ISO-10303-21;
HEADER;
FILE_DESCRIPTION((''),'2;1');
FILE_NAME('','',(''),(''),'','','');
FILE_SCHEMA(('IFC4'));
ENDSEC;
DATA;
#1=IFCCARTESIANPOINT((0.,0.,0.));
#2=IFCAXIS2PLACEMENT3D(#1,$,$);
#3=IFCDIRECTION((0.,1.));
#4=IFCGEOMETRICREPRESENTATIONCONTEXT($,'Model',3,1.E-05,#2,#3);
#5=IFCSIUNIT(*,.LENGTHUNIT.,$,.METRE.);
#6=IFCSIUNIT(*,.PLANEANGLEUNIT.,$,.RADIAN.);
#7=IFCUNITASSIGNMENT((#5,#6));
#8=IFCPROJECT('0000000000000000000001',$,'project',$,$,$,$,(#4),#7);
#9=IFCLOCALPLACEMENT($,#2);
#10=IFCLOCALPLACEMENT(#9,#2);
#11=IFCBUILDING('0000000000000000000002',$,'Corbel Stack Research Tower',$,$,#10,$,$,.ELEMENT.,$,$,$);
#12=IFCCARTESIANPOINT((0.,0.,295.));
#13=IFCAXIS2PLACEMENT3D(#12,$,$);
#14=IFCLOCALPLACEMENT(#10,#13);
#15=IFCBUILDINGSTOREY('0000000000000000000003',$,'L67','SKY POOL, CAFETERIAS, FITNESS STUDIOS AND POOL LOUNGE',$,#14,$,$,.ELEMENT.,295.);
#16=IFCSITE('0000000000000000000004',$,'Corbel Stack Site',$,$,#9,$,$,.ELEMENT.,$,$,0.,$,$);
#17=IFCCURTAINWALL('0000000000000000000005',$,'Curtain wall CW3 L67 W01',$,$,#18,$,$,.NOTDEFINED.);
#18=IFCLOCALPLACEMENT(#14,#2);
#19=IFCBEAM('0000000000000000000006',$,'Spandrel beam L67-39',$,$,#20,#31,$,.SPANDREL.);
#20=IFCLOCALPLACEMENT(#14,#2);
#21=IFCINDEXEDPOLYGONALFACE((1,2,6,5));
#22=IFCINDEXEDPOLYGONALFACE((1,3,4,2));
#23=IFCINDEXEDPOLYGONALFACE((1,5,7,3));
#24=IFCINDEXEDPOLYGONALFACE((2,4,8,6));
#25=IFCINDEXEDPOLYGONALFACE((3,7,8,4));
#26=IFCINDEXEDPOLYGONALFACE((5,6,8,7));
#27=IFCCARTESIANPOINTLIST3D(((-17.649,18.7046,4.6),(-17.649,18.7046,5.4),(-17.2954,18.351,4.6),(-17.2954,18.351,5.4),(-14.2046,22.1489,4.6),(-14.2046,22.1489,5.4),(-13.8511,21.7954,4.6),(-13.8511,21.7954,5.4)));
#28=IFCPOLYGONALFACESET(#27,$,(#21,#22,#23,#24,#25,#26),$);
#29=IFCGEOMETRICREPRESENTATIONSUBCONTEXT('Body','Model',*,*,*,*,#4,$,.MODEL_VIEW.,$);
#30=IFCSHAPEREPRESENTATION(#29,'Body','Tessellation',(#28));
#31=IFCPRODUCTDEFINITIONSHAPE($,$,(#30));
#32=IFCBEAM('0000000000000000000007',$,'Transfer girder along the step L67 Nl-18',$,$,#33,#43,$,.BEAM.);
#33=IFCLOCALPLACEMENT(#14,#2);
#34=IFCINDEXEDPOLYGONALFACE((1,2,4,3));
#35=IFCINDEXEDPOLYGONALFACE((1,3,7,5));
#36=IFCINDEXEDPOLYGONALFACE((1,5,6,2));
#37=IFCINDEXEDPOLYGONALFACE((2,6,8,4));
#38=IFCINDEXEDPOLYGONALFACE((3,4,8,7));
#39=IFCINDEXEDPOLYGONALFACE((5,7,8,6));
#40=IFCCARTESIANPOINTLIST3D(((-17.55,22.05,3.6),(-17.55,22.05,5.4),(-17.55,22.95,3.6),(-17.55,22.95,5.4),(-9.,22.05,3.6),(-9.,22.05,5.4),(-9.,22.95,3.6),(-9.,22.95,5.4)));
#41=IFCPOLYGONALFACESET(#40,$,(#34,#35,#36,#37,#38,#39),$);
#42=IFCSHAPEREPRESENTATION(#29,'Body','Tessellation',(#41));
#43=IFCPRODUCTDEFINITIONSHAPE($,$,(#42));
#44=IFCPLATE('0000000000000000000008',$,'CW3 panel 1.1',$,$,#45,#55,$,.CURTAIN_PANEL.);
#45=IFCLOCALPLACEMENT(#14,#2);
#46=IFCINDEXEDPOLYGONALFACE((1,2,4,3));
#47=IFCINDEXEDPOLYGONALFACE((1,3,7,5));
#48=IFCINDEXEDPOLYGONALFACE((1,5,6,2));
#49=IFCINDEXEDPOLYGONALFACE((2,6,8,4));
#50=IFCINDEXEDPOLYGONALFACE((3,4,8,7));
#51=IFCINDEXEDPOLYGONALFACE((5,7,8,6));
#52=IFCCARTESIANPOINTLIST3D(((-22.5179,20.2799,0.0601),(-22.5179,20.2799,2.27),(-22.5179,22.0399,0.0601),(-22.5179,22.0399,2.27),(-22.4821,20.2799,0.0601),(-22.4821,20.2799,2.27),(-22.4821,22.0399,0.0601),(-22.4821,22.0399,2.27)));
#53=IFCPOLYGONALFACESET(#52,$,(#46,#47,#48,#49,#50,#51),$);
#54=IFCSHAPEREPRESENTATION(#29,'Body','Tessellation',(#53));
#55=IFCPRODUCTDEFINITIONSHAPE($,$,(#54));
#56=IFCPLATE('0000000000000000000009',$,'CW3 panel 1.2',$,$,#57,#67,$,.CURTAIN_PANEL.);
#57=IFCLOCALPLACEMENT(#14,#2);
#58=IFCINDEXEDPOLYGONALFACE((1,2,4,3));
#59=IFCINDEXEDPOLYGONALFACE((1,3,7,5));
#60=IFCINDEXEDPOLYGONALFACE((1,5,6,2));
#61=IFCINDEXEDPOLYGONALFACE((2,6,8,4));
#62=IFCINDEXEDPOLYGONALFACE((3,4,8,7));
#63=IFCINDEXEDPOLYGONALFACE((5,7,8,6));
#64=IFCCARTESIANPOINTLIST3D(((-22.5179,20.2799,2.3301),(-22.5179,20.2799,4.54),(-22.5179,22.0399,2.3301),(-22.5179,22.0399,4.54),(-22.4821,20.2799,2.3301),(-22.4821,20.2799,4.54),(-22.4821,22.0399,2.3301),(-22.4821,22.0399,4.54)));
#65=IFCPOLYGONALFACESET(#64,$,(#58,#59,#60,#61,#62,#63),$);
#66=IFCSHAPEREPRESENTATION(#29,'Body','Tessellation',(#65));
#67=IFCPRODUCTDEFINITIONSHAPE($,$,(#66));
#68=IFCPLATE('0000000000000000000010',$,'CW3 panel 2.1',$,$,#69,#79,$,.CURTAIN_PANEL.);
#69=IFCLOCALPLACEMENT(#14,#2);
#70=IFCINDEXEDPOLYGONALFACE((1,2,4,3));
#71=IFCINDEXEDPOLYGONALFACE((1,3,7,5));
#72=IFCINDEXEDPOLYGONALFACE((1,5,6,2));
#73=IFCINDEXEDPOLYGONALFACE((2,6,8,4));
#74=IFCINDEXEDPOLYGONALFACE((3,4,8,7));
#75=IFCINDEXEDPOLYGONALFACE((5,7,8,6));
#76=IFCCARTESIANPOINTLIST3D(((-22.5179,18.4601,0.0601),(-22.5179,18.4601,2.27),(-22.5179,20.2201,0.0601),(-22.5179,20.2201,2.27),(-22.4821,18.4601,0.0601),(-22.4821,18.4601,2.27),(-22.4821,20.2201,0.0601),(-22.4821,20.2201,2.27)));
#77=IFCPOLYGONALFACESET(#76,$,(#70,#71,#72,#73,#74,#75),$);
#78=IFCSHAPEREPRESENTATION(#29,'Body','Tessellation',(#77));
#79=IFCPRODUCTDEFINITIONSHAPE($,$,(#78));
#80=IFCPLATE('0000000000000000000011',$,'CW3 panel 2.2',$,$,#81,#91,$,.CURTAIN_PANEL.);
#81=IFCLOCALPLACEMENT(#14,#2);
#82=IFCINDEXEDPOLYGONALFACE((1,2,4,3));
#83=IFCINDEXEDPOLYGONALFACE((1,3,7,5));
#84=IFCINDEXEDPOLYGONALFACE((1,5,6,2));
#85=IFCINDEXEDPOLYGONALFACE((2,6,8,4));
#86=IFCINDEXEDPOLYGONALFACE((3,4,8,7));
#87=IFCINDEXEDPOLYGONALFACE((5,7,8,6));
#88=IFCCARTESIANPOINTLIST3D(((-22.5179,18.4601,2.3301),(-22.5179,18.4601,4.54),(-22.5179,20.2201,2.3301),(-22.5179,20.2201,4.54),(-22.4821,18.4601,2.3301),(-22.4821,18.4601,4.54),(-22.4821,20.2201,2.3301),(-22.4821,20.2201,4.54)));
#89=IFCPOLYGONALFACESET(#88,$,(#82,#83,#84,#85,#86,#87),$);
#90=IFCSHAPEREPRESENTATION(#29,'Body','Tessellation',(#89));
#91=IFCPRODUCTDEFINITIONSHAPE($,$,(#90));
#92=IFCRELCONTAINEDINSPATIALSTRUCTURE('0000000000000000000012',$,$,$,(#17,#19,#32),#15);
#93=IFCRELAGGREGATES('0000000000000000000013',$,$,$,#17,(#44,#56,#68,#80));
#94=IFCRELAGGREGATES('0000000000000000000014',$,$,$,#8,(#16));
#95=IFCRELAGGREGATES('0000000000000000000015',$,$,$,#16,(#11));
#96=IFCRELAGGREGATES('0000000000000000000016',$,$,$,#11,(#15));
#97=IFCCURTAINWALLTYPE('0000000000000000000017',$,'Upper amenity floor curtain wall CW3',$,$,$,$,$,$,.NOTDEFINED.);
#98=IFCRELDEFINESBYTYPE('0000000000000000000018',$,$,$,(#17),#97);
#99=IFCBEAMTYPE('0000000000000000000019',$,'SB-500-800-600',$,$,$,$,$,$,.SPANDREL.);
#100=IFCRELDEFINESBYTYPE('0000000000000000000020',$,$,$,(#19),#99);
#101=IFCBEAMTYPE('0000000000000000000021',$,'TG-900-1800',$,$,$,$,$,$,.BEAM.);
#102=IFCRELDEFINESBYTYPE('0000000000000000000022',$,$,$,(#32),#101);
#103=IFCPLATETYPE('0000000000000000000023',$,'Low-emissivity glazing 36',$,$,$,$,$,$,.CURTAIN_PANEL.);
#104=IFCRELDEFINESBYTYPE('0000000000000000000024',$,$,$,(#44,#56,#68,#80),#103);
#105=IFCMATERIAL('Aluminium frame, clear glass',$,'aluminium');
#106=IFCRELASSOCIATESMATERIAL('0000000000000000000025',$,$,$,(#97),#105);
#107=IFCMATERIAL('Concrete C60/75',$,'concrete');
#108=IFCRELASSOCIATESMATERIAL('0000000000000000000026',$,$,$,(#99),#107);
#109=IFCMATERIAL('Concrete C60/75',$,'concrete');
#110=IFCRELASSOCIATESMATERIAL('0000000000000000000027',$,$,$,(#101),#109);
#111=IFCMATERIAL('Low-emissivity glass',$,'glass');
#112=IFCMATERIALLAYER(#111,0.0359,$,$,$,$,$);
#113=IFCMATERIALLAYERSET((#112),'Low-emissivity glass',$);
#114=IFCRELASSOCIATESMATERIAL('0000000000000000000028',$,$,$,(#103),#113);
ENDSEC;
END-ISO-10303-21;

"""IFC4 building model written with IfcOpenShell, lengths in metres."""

from ifc_helpers import new_model, si_unit, direction, frame, origin, origin_2d, place, context, subcontext, project, spatial, rectangle, extrude, material, layer, layer_set, material_profile, profile_set, type_object, element, aggregate, save


model = new_model("IFC4")

# Units and contexts
model_context = context("Model", 3, precision=1e-05, world=origin(), true_north=direction((0.0, 1.0)))
body_context = subcontext(model_context, "Body", "Model", "MODEL_VIEW")
ifc_project = project(units=[si_unit("LENGTHUNIT", "METRE"), si_unit("PLANEANGLEUNIT", "RADIAN")], contexts=[model_context])

# Site, building, storey
site_placement = place(None, origin())
site = spatial("IfcSite", under=ifc_project, at=site_placement, Name="Corbel Stack Site", CompositionType="ELEMENT", RefElevation=0.0)
building_placement = place(site_placement, origin())
building = spatial("IfcBuilding", under=site, at=building_placement, Name="Corbel Stack Research Tower", CompositionType="ELEMENT")
storey_placement = place(building_placement, frame((0.0, 0.0, 295.0)))
storey = spatial("IfcBuildingStorey", under=building, at=storey_placement, Name="L67", Description="SKY POOL, CAFETERIAS, FITNESS STUDIOS AND POOL LOUNGE", CompositionType="ELEMENT", Elevation=295.0)

# Curtain wall
ifc_material_1 = material(Name="Aluminium frame, clear glass", Category="aluminium")
curtain_wall_type = type_object("IfcCurtainWallType", Name="Upper amenity floor curtain wall CW3", PredefinedType="NOTDEFINED", material=ifc_material_1)
curtain_wall_placement = place(storey_placement, origin())
curtain_wall = element("IfcCurtainWall", 1, at=curtain_wall_placement, inside=storey, type_object=curtain_wall_type, Name="Curtain wall CW3 L67 W01", PredefinedType="NOTDEFINED")

# Beams
ifc_material_2 = material(Name="Concrete C60/75", Category="concrete")
ifc_material_profile_1 = material_profile(ifc_material_2, rectangle(XDim=0.5, YDim=0.8, at=origin_2d()), Name="RC 500 x 800")
ifc_profile_set_1 = profile_set([ifc_material_profile_1], Name="Concrete C60/75")
beam_type_1 = type_object("IfcBeamType", Name="SB-500-800-600", PredefinedType="SPANDREL", material=ifc_profile_set_1)
beam_1_placement = place(storey_placement, frame((-14.0278, 21.9722, 5.0), z_axis=(-0.707107, -0.707107, 0.0), x_axis=(0.707107, -0.707107, 0.0)))
element("IfcBeam", 2, at=beam_1_placement, inside=storey, type_object=beam_type_1, Name="Spandrel beam L67-39", PredefinedType="SPANDREL", context=body_context, shape_type="SweptSolid", body=[
    extrude(rectangle(XDim=0.5, YDim=0.8, at=origin_2d()), origin(), (0.0, 0.0, 1.0), 4.8711),
])
ifc_material_3 = material(Name="Concrete C60/75", Category="concrete")
ifc_material_profile_2 = material_profile(ifc_material_3, rectangle(XDim=0.8999, YDim=1.8, at=origin_2d()), Name="RC 900 x 1800")
ifc_profile_set_2 = profile_set([ifc_material_profile_2], Name="Concrete C60/75")
beam_type_2 = type_object("IfcBeamType", Name="TG-900-1800", PredefinedType="BEAM", material=ifc_profile_set_2)
beam_2_placement = place(storey_placement, frame((-17.55, 22.5, 4.5), z_axis=(1.0, 0.0, 0.0), x_axis=(0.0, 1.0, 0.0)))
element("IfcBeam", 3, at=beam_2_placement, inside=storey, type_object=beam_type_2, Name="Transfer girder along the step L67 Nl-18", PredefinedType="BEAM", context=body_context, shape_type="SweptSolid", body=[
    extrude(rectangle(XDim=0.8999, YDim=1.8, at=origin_2d()), origin(), (0.0, 0.0, 1.0), 8.55),
])

# Plates
ifc_material_4 = material(Name="Low-emissivity glass", Category="glass")
ifc_layer = layer(ifc_material_4, 0.0359)
ifc_layer_set = layer_set([ifc_layer], Name="Low-emissivity glass")
plate_type = type_object("IfcPlateType", Name="Low-emissivity glazing 36", PredefinedType="CURTAIN_PANEL", material=ifc_layer_set)
plate_1_placement = place(storey_placement, frame((-22.5, 21.1599, 0.0601), z_axis=(0.0, 0.0, 1.0), x_axis=(0.0, -1.0, 0.0)))
plate_1 = element("IfcPlate", 4, at=plate_1_placement, type_object=plate_type, Name="CW3 panel 1.1", PredefinedType="CURTAIN_PANEL", context=body_context, shape_type="SweptSolid", body=[
    extrude(rectangle(XDim=1.76, YDim=0.0359, at=origin_2d()), origin(), (0.0, 0.0, 1.0), 2.21),
])
plate_2_placement = place(storey_placement, frame((-22.5, 21.1599, 2.3301), z_axis=(0.0, 0.0, 1.0), x_axis=(0.0, -1.0, 0.0)))
plate_2 = element("IfcPlate", 5, at=plate_2_placement, type_object=plate_type, Name="CW3 panel 1.2", PredefinedType="CURTAIN_PANEL", context=body_context, shape_type="SweptSolid", body=[
    extrude(rectangle(XDim=1.76, YDim=0.0359, at=origin_2d()), origin(), (0.0, 0.0, 1.0), 2.21),
])
plate_3_placement = place(storey_placement, frame((-22.5, 19.3401, 0.0601), z_axis=(0.0, 0.0, 1.0), x_axis=(0.0, -1.0, 0.0)))
plate_3 = element("IfcPlate", 6, at=plate_3_placement, type_object=plate_type, Name="CW3 panel 2.1", PredefinedType="CURTAIN_PANEL", context=body_context, shape_type="SweptSolid", body=[
    extrude(rectangle(XDim=1.76, YDim=0.0359, at=origin_2d()), origin(), (0.0, 0.0, 1.0), 2.21),
])
plate_4_placement = place(storey_placement, frame((-22.5, 19.3401, 2.3301), z_axis=(0.0, 0.0, 1.0), x_axis=(0.0, -1.0, 0.0)))
plate_4 = element("IfcPlate", 7, at=plate_4_placement, type_object=plate_type, Name="CW3 panel 2.2", PredefinedType="CURTAIN_PANEL", context=body_context, shape_type="SweptSolid", body=[
    extrude(rectangle(XDim=1.76, YDim=0.0359, at=origin_2d()), origin(), (0.0, 0.0, 1.0), 2.21),
])
aggregate(curtain_wall, [plate_1, plate_2, plate_3, plate_4])

save(model, "model.ifc")
